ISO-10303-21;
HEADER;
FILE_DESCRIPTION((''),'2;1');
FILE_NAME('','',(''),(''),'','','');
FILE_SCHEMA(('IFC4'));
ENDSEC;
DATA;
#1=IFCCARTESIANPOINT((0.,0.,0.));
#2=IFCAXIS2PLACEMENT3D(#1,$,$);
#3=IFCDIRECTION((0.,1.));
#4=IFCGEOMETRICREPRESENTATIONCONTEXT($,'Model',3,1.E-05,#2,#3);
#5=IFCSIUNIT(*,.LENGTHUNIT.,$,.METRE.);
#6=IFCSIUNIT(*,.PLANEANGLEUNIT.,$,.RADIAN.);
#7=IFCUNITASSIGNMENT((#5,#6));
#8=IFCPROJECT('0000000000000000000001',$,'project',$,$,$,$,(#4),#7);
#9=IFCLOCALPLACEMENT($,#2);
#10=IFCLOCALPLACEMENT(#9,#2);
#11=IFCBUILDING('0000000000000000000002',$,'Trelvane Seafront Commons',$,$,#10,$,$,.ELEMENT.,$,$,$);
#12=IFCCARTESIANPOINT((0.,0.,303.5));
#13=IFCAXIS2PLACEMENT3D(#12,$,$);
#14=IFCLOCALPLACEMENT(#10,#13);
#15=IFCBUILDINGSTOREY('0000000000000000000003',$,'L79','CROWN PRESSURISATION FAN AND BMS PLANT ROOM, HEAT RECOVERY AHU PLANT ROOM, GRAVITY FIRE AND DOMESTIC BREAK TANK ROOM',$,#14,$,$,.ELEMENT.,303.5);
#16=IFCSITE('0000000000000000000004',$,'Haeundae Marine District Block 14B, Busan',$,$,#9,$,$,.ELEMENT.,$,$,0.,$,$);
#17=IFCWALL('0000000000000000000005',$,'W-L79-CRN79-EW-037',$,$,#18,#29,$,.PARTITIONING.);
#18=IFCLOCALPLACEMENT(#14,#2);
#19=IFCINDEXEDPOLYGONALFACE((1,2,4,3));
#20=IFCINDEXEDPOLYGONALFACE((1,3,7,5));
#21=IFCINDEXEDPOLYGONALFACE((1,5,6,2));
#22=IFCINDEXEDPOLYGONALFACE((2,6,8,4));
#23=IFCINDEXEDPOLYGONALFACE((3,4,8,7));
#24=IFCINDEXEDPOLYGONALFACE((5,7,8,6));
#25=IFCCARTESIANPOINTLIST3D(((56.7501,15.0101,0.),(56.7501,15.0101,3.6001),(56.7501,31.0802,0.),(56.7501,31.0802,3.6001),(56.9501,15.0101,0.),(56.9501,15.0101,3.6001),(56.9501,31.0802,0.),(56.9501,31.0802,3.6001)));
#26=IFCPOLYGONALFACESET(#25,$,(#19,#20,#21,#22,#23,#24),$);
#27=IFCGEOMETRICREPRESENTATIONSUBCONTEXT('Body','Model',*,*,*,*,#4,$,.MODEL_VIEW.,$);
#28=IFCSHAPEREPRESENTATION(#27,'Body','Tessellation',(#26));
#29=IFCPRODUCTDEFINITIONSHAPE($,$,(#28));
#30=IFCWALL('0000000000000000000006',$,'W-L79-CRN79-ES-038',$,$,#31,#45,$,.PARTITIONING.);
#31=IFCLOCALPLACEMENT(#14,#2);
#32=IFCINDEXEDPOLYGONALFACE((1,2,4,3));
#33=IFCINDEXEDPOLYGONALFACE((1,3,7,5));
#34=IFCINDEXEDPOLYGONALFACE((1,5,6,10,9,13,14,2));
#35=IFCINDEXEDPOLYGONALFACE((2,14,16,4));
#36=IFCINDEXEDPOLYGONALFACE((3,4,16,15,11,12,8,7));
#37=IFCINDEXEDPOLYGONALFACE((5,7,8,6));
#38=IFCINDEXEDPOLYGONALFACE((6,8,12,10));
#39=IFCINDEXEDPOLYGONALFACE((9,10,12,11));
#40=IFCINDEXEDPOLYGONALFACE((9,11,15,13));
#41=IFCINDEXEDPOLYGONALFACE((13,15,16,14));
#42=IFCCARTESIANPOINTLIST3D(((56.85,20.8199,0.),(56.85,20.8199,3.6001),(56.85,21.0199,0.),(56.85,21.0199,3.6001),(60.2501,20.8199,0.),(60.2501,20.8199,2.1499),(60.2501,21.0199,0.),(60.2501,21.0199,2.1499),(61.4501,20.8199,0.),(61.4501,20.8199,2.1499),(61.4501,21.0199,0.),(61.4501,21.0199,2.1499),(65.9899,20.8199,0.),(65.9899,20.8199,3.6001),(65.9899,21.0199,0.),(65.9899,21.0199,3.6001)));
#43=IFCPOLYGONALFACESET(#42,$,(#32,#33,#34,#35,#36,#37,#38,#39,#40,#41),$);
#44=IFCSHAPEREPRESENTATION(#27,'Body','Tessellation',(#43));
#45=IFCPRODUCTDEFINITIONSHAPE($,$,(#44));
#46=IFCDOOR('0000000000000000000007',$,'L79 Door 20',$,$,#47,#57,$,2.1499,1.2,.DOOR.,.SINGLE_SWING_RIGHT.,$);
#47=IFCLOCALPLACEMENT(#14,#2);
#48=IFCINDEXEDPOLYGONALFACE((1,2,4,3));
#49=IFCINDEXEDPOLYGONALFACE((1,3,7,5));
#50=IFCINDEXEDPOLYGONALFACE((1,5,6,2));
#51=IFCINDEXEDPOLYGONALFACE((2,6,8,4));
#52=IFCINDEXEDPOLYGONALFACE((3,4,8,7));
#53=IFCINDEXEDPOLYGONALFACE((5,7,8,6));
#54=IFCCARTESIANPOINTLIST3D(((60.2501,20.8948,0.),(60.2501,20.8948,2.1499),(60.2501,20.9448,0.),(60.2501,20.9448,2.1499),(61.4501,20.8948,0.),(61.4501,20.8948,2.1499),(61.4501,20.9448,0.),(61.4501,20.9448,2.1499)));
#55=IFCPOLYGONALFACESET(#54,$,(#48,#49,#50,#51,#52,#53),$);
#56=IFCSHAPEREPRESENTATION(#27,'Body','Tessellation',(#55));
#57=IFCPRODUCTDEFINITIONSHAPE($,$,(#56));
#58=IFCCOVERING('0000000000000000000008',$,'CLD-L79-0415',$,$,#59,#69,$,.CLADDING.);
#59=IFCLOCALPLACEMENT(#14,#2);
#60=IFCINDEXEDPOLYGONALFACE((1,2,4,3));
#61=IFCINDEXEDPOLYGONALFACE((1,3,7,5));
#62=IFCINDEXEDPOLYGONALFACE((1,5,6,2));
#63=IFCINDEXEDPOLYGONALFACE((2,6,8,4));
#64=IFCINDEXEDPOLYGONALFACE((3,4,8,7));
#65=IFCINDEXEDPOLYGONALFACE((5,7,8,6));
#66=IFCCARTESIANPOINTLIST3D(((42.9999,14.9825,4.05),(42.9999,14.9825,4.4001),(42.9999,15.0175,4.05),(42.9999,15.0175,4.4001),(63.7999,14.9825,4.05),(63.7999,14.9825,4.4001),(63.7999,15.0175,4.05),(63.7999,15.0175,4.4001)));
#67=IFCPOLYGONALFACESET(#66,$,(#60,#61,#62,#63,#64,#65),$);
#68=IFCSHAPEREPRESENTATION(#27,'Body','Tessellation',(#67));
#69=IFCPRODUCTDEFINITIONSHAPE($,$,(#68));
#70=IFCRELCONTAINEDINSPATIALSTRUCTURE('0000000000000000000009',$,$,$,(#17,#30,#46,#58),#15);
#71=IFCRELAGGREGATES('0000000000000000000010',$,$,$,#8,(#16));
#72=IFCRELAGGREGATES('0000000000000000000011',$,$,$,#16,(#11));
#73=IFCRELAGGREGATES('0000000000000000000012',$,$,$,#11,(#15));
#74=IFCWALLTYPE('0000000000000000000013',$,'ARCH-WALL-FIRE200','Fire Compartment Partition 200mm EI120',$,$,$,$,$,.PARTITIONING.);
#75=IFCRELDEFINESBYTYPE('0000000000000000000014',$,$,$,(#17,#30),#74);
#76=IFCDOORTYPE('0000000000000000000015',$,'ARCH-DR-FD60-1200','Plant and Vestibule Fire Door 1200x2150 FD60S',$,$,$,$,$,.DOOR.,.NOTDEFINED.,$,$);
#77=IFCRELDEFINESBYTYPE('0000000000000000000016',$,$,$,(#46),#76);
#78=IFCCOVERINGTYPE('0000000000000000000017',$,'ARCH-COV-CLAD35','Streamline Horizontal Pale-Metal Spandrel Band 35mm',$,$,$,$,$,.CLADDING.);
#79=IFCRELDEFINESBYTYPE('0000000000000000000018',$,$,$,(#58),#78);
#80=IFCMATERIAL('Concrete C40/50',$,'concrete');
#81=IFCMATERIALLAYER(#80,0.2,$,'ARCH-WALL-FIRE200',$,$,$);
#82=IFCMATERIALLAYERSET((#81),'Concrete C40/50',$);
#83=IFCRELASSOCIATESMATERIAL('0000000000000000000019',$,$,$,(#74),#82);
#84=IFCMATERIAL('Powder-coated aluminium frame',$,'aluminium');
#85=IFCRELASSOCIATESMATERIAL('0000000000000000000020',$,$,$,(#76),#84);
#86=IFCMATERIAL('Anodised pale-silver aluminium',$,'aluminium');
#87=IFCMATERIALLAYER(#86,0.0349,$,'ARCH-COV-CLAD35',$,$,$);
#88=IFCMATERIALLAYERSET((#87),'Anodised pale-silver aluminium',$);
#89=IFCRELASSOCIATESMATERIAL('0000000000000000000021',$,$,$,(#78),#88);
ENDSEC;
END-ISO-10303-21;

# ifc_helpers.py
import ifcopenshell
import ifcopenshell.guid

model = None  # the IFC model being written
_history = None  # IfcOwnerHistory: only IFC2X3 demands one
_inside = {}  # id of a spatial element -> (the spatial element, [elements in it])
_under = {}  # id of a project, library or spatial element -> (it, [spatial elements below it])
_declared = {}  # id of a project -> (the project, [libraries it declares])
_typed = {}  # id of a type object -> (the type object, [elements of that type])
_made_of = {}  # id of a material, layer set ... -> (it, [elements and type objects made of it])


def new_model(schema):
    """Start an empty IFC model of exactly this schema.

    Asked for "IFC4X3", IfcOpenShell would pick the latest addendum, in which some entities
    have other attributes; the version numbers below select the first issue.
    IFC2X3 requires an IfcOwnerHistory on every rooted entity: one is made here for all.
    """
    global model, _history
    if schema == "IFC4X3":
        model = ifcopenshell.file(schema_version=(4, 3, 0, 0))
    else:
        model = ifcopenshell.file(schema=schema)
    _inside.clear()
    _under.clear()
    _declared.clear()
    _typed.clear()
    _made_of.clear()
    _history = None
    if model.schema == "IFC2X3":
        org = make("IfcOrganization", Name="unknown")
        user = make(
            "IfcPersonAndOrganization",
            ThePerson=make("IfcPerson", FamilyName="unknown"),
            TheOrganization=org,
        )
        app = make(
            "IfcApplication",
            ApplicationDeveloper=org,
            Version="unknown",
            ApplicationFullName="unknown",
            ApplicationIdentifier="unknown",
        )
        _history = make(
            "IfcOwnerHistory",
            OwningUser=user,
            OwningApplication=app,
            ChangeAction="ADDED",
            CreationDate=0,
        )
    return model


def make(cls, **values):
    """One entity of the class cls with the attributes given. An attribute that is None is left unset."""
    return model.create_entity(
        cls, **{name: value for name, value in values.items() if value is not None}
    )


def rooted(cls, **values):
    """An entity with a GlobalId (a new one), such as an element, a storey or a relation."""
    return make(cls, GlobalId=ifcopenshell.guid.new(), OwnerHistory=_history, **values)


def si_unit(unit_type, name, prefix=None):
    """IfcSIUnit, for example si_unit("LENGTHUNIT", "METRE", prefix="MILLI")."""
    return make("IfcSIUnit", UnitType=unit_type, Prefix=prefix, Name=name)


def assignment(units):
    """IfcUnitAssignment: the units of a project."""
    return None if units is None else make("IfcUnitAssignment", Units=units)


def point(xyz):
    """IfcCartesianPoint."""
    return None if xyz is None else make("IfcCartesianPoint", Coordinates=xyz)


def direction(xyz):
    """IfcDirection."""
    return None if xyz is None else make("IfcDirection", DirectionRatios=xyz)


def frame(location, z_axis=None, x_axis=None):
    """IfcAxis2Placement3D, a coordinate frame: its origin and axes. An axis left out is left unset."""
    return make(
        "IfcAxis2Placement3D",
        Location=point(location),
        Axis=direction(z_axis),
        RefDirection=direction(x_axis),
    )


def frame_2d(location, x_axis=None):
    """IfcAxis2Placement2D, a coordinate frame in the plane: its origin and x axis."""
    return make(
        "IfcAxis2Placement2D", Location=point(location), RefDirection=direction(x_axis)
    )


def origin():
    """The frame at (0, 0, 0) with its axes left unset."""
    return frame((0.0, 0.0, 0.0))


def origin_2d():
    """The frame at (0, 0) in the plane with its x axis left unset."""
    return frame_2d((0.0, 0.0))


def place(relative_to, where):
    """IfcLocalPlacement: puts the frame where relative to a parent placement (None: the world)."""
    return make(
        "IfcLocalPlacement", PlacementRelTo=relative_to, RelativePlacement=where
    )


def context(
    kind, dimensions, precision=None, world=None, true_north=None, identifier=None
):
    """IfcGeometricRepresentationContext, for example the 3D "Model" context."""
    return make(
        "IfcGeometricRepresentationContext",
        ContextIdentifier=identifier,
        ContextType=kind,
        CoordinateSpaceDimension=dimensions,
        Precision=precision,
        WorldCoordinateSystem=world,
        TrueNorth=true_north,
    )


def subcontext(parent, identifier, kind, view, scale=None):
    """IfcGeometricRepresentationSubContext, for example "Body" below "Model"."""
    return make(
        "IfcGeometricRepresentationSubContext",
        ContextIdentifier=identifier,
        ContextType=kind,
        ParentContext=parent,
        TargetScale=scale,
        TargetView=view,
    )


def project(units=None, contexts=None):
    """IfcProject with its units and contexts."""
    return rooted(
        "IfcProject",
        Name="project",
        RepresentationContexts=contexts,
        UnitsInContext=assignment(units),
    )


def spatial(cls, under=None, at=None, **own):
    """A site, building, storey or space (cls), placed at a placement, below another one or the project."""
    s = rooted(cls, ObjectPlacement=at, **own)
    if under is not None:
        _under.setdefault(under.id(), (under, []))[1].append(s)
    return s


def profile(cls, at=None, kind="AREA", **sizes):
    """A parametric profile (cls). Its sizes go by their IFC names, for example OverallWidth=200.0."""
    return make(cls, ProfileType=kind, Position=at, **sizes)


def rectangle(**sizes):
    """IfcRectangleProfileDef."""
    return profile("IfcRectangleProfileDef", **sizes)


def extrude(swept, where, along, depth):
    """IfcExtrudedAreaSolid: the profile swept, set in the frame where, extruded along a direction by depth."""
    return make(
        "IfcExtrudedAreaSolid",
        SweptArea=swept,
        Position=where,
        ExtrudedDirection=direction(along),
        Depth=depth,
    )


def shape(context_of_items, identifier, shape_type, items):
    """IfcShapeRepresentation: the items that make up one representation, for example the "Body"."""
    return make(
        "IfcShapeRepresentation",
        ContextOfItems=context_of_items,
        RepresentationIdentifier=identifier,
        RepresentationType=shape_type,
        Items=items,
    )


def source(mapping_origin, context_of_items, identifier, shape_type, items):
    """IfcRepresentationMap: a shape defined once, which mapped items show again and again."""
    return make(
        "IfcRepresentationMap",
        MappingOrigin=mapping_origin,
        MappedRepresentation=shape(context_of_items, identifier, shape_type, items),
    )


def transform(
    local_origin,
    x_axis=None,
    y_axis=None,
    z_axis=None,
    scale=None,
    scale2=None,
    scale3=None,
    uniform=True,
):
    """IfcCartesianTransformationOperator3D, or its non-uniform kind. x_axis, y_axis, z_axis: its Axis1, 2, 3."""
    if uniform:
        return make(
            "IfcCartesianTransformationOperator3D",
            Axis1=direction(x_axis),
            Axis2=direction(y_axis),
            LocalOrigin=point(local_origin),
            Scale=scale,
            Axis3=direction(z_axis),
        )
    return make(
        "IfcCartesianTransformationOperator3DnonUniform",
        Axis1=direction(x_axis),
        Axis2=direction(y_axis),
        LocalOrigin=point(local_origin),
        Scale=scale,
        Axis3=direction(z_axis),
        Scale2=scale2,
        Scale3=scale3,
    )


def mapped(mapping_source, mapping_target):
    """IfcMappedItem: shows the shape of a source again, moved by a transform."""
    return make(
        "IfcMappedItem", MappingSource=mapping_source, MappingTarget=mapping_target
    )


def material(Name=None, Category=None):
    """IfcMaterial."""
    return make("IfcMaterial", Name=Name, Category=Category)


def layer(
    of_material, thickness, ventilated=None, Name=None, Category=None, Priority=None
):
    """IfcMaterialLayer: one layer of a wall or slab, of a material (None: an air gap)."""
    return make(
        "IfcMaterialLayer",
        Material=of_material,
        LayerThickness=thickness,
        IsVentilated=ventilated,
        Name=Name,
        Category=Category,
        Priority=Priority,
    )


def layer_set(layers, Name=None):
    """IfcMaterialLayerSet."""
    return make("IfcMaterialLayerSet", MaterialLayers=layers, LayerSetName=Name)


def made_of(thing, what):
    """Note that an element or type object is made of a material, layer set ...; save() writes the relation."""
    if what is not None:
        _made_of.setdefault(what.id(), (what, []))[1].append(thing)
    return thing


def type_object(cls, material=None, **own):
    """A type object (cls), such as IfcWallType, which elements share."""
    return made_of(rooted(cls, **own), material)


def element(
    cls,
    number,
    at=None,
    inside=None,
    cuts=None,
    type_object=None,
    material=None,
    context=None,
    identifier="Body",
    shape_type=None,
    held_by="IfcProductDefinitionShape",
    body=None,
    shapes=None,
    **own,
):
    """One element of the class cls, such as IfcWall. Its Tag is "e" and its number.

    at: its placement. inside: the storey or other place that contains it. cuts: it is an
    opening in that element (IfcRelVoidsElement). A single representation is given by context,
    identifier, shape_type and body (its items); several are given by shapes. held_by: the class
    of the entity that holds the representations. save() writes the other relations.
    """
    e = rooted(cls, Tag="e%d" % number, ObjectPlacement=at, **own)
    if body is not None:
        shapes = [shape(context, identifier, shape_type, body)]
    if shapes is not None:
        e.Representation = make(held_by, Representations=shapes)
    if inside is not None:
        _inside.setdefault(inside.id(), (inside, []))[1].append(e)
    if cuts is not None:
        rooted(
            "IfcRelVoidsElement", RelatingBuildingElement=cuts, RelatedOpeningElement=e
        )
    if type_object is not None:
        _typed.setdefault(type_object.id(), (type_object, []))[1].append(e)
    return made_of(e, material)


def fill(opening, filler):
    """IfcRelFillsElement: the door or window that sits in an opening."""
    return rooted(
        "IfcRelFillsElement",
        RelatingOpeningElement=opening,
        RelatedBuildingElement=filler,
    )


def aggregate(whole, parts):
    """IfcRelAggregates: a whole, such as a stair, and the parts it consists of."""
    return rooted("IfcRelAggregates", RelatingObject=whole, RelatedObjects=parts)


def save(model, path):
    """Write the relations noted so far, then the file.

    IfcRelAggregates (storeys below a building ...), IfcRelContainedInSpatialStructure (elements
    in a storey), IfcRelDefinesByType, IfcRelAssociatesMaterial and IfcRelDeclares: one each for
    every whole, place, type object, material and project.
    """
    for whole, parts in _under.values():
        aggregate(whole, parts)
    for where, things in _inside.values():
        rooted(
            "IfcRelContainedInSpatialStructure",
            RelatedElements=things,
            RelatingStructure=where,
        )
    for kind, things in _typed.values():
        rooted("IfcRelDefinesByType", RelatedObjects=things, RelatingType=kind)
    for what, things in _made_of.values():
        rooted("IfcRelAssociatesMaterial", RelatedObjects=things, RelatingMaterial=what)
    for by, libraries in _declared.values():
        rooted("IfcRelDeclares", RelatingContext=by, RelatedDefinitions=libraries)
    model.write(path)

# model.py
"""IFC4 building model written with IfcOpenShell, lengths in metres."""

from ifc_helpers import new_model, si_unit, direction, frame, frame_2d, origin, origin_2d, place, context, subcontext, project, spatial, rectangle, extrude, source, transform, mapped, material, layer, layer_set, type_object, element, fill, save


model = new_model("IFC4")

# Units and contexts
model_context = context("Model", 3, precision=1e-05, world=origin(), true_north=direction((0.0, 1.0)))
body_context = subcontext(model_context, "Body", "Model", "MODEL_VIEW")
ifc_project = project(units=[si_unit("LENGTHUNIT", "METRE"), si_unit("PLANEANGLEUNIT", "RADIAN")], contexts=[model_context])

# Site, building, storey
site_placement = place(None, origin())
site = spatial("IfcSite", under=ifc_project, at=site_placement, Name="Haeundae Marine District Block 14B, Busan", CompositionType="ELEMENT", RefElevation=0.0)
building_placement = place(site_placement, origin())
building = spatial("IfcBuilding", under=site, at=building_placement, Name="Trelvane Seafront Commons", CompositionType="ELEMENT")
storey_placement = place(building_placement, frame((0.0, 0.0, 303.5)))
storey = spatial("IfcBuildingStorey", under=building, at=storey_placement, Name="L79", Description="CROWN PRESSURISATION FAN AND BMS PLANT ROOM, HEAT RECOVERY AHU PLANT ROOM, GRAVITY FIRE AND DOMESTIC BREAK TANK ROOM", CompositionType="ELEMENT", Elevation=303.5)

# Shared definitions
ifc_material_1 = material(Name="Anodised pale-silver aluminium", Category="aluminium")

# Wall
ifc_material_2 = material(Name="Concrete C40/50", Category="concrete")
ifc_layer_1 = layer(ifc_material_2, 0.2, Name="ARCH-WALL-FIRE200")
ifc_layer_set_1 = layer_set([ifc_layer_1], Name="Concrete C40/50")
wall_type = type_object("IfcWallType", Name="ARCH-WALL-FIRE200", Description="Fire Compartment Partition 200mm EI120", PredefinedType="PARTITIONING", material=ifc_layer_set_1)
wall_1_placement = place(storey_placement, frame((56.8501, 15.01, 0.0), z_axis=(0.0, 0.0, 1.0), x_axis=(0.0, 1.0, 0.0)))
element("IfcWall", 1, at=wall_1_placement, inside=storey, type_object=wall_type, Name="W-L79-CRN79-EW-037", PredefinedType="PARTITIONING", context=body_context, shape_type="SweptSolid", body=[
    extrude(rectangle(XDim=16.0701, YDim=0.2, at=frame_2d((8.0352, 0.0))), origin(), (0.0, 0.0, 1.0), 3.6001),
])

# Wall, opening, door
wall_2_placement = place(storey_placement, frame((56.8501, 20.9199, 0.0), z_axis=(0.0, 0.0, 1.0), x_axis=(1.0, 0.0, 0.0)))
wall_2 = element("IfcWall", 2, at=wall_2_placement, inside=storey, type_object=wall_type, Name="W-L79-CRN79-ES-038", PredefinedType="PARTITIONING", context=body_context, shape_type="SweptSolid", body=[
    extrude(rectangle(XDim=9.1399, YDim=0.2, at=frame_2d((4.5698, 0.0))), origin(), (0.0, 0.0, 1.0), 3.6001),
])
opening_placement = place(wall_2_placement, frame((3.3999, 0.0, 0.0)))
opening = element("IfcOpeningElement", 3, at=opening_placement, cuts=wall_2, PredefinedType="OPENING", context=body_context, shape_type="SweptSolid", body=[
    extrude(rectangle(XDim=1.2, YDim=2.1499, at=frame_2d((0.6001, 1.075))), frame((0.0, 0.1099, 0.0), z_axis=(0.0, -1.0, 0.0), x_axis=(1.0, 0.0, 0.0)), (0.0, 0.0, 1.0), 0.22),
])
ifc_material_3 = material(Name="Powder-coated aluminium frame", Category="aluminium")
door_type = type_object("IfcDoorType", Name="ARCH-DR-FD60-1200", Description="Plant and Vestibule Fire Door 1200x2150 FD60S", OperationType="NOTDEFINED", PredefinedType="DOOR", material=ifc_material_3)
shared_shape_1 = source(origin(), body_context, "Body", "SweptSolid", [
    extrude(rectangle(XDim=1.2, YDim=2.1499, at=frame_2d((0.6001, 1.075))), frame((0.0, 0.0249, 0.0), z_axis=(0.0, -1.0, 0.0), x_axis=(1.0, 0.0, 0.0)), (0.0, 0.0, 1.0), 0.05),
])
door_placement = place(opening_placement, origin())
door = element("IfcDoor", 4, at=door_placement, inside=storey, type_object=door_type, Name="L79 Door 20", OperationType="SINGLE_SWING_RIGHT", OverallHeight=2.1499, OverallWidth=1.2, PredefinedType="DOOR", context=body_context, shape_type="MappedRepresentation", body=[
    mapped(shared_shape_1, transform((0.0, 0.0, 0.0), x_axis=(1.0, 0.0, 0.0), y_axis=(0.0, 1.0, 0.0), z_axis=(0.0, 0.0, 1.0), scale=1.0)),
])
fill(opening, door)

# Covering
ifc_layer_2 = layer(ifc_material_1, 0.0349, Name="ARCH-COV-CLAD35")
ifc_layer_set_2 = layer_set([ifc_layer_2], Name="Anodised pale-silver aluminium")
covering_type = type_object("IfcCoveringType", Name="ARCH-COV-CLAD35", Description="Streamline Horizontal Pale-Metal Spandrel Band 35mm", PredefinedType="CLADDING", material=ifc_layer_set_2)
shared_shape_2 = source(origin(), body_context, "Body", "SweptSolid", [
    extrude(rectangle(XDim=20.8, YDim=0.0349, at=origin_2d()), origin(), (0.0, 0.0, 1.0), 0.3501),
])
covering_placement = place(storey_placement, frame((53.3999, 15.0, 4.05), z_axis=(0.0, 0.0, 1.0), x_axis=(-1.0, 0.0, 0.0)))
element("IfcCovering", 5, at=covering_placement, inside=storey, type_object=covering_type, Name="CLD-L79-0415", PredefinedType="CLADDING", context=body_context, shape_type="MappedRepresentation", body=[
    mapped(shared_shape_2, transform((0.0, 0.0, 0.0), x_axis=(1.0, 0.0, 0.0), y_axis=(0.0, 1.0, 0.0), z_axis=(0.0, 0.0, 1.0), scale=1.0)),
])

save(model, "model.ifc")
